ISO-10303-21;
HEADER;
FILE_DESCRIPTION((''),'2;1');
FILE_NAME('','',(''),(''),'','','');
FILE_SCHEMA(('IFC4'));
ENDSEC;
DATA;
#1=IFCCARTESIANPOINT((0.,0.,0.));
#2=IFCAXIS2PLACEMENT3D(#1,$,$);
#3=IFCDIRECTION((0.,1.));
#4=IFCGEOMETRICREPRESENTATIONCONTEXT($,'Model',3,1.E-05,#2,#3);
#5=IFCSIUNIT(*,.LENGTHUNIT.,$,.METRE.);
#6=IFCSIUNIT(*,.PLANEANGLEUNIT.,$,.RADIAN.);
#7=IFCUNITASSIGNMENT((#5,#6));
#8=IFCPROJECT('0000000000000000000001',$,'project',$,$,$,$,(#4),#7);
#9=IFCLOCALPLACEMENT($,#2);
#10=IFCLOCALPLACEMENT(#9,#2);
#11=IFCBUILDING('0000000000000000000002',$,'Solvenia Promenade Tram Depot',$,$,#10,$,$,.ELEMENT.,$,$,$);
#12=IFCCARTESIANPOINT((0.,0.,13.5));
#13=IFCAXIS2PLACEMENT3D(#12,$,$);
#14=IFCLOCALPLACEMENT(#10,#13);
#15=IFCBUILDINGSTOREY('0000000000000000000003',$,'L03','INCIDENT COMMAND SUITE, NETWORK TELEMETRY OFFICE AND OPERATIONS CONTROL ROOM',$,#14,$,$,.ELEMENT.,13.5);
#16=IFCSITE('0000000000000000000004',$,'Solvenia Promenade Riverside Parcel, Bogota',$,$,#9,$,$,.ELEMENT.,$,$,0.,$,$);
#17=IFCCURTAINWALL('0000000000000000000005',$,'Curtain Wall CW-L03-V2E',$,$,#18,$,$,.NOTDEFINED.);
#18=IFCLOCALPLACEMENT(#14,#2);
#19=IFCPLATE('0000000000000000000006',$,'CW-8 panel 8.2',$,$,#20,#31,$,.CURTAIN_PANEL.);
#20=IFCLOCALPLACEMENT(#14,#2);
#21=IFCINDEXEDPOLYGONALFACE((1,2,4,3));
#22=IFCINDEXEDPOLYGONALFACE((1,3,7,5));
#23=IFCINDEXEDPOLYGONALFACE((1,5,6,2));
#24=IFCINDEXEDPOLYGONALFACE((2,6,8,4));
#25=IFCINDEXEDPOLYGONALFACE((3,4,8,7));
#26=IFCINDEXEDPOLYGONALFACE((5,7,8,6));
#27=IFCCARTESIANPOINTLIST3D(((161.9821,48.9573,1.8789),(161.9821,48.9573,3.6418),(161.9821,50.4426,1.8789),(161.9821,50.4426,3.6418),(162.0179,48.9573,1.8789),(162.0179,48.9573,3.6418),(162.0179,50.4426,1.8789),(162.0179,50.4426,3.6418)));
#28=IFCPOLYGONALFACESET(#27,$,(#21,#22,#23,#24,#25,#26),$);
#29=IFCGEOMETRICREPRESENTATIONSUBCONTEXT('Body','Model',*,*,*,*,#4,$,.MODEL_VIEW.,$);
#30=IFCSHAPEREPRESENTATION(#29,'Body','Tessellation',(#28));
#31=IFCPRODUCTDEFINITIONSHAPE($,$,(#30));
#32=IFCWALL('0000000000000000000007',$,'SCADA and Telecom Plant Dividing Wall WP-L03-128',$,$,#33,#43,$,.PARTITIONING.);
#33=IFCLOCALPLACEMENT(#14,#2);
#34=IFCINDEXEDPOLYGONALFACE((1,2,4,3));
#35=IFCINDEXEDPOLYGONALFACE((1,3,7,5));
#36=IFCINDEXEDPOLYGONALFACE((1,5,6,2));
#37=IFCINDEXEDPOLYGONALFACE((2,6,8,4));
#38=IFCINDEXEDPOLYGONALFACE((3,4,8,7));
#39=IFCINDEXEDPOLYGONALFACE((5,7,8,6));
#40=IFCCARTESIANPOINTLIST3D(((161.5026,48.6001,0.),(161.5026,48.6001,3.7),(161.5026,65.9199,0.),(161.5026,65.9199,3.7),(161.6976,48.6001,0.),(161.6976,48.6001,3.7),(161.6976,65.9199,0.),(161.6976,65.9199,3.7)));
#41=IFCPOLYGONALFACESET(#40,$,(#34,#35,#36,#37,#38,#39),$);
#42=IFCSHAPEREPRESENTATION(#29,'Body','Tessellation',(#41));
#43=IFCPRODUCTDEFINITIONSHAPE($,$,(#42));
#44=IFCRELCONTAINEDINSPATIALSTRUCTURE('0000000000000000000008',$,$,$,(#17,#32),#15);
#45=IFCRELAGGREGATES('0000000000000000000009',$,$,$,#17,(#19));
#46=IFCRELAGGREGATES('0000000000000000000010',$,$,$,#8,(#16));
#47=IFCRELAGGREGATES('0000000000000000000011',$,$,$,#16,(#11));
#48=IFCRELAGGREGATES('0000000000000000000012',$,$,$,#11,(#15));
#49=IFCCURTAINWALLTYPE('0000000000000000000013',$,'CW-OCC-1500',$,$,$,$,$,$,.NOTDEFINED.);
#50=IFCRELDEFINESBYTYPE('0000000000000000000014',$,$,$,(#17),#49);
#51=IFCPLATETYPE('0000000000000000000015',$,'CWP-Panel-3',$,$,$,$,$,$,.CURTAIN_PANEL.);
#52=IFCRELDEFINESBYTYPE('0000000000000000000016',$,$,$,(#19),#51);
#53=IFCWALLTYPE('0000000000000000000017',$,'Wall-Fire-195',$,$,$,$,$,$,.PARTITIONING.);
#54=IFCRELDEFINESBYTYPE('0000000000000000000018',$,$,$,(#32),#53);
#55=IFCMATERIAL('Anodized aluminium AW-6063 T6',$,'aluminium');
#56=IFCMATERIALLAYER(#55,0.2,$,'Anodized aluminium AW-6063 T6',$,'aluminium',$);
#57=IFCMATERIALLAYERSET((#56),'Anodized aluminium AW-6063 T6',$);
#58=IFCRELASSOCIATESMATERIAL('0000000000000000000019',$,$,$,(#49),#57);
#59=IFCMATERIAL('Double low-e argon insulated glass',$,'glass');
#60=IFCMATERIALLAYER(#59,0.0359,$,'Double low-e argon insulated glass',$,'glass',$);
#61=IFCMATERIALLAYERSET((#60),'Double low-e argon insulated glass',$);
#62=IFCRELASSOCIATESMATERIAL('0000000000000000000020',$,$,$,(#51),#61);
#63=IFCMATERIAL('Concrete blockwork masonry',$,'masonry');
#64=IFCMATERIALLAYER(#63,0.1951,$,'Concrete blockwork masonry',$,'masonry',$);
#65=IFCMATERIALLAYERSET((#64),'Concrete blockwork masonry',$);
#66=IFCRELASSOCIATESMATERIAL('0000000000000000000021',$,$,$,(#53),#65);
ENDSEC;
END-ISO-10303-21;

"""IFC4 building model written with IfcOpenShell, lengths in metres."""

from ifc_helpers import new_model, si_unit, direction, frame, frame_2d, origin, origin_2d, place, context, subcontext, project, spatial, rectangle, extrude, material, layer, layer_set, type_object, element, aggregate, save


model = new_model("IFC4")

# Units and contexts
model_context = context("Model", 3, precision=1e-05, world=origin(), true_north=direction((0.0, 1.0)))
body_context = subcontext(model_context, "Body", "Model", "MODEL_VIEW")
ifc_project = project(units=[si_unit("LENGTHUNIT", "METRE"), si_unit("PLANEANGLEUNIT", "RADIAN")], contexts=[model_context])

# Site, building, storey
site_placement = place(None, origin())
site = spatial("IfcSite", under=ifc_project, at=site_placement, Name="Solvenia Promenade Riverside Parcel, Bogota", CompositionType="ELEMENT", RefElevation=0.0)
building_placement = place(site_placement, origin())
building = spatial("IfcBuilding", under=site, at=building_placement, Name="Solvenia Promenade Tram Depot", CompositionType="ELEMENT")
storey_placement = place(building_placement, frame((0.0, 0.0, 13.5)))
storey = spatial("IfcBuildingStorey", under=building, at=storey_placement, Name="L03", Description="INCIDENT COMMAND SUITE, NETWORK TELEMETRY OFFICE AND OPERATIONS CONTROL ROOM", CompositionType="ELEMENT", Elevation=13.5)

# Curtain wall, plate
ifc_material_1 = material(Name="Anodized aluminium AW-6063 T6", Category="aluminium")
ifc_layer_1 = layer(ifc_material_1, 0.2, Name="Anodized aluminium AW-6063 T6", Category="aluminium")
ifc_layer_set_1 = layer_set([ifc_layer_1], Name="Anodized aluminium AW-6063 T6")
curtain_wall_type = type_object("IfcCurtainWallType", Name="CW-OCC-1500", PredefinedType="NOTDEFINED", material=ifc_layer_set_1)
curtain_wall_placement = place(storey_placement, origin())
curtain_wall = element("IfcCurtainWall", 1, at=curtain_wall_placement, inside=storey, type_object=curtain_wall_type, Name="Curtain Wall CW-L03-V2E", PredefinedType="NOTDEFINED")
ifc_material_2 = material(Name="Double low-e argon insulated glass", Category="glass")
ifc_layer_2 = layer(ifc_material_2, 0.0359, Name="Double low-e argon insulated glass", Category="glass")
ifc_layer_set_2 = layer_set([ifc_layer_2], Name="Double low-e argon insulated glass")
plate_type = type_object("IfcPlateType", Name="CWP-Panel-3", PredefinedType="CURTAIN_PANEL", material=ifc_layer_set_2)
plate_1_placement = place(storey_placement, frame((162.0, 49.7, 1.8789), z_axis=(0.0, 0.0, 1.0), x_axis=(0.0, 1.0, 0.0)))
plate_1 = element("IfcPlate", 2, at=plate_1_placement, type_object=plate_type, Name="CW-8 panel 8.2", PredefinedType="CURTAIN_PANEL", context=body_context, shape_type="SweptSolid", body=[
    extrude(rectangle(XDim=1.4854, YDim=0.0359, at=origin_2d()), origin(), (0.0, 0.0, 1.0), 1.7629),
])
aggregate(curtain_wall, [plate_1])

# Wall
ifc_material_3 = material(Name="Concrete blockwork masonry", Category="masonry")
ifc_layer_3 = layer(ifc_material_3, 0.1951, Name="Concrete blockwork masonry", Category="masonry")
ifc_layer_set_3 = layer_set([ifc_layer_3], Name="Concrete blockwork masonry")
wall_type = type_object("IfcWallType", Name="Wall-Fire-195", PredefinedType="PARTITIONING", material=ifc_layer_set_3)
wall_placement = place(storey_placement, frame((161.6001, 48.6001, 0.0), z_axis=(0.0, 0.0, 1.0), x_axis=(0.0, 1.0, 0.0)))
element("IfcWall", 3, at=wall_placement, inside=storey, type_object=wall_type, Name="SCADA and Telecom Plant Dividing Wall WP-L03-128", PredefinedType="PARTITIONING", context=body_context, shape_type="SweptSolid", body=[
    extrude(rectangle(XDim=17.3198, YDim=0.1951, at=frame_2d((8.6599, 0.0))), origin(), (0.0, 0.0, 1.0), 3.7),
])

save(model, "model.ifc")
